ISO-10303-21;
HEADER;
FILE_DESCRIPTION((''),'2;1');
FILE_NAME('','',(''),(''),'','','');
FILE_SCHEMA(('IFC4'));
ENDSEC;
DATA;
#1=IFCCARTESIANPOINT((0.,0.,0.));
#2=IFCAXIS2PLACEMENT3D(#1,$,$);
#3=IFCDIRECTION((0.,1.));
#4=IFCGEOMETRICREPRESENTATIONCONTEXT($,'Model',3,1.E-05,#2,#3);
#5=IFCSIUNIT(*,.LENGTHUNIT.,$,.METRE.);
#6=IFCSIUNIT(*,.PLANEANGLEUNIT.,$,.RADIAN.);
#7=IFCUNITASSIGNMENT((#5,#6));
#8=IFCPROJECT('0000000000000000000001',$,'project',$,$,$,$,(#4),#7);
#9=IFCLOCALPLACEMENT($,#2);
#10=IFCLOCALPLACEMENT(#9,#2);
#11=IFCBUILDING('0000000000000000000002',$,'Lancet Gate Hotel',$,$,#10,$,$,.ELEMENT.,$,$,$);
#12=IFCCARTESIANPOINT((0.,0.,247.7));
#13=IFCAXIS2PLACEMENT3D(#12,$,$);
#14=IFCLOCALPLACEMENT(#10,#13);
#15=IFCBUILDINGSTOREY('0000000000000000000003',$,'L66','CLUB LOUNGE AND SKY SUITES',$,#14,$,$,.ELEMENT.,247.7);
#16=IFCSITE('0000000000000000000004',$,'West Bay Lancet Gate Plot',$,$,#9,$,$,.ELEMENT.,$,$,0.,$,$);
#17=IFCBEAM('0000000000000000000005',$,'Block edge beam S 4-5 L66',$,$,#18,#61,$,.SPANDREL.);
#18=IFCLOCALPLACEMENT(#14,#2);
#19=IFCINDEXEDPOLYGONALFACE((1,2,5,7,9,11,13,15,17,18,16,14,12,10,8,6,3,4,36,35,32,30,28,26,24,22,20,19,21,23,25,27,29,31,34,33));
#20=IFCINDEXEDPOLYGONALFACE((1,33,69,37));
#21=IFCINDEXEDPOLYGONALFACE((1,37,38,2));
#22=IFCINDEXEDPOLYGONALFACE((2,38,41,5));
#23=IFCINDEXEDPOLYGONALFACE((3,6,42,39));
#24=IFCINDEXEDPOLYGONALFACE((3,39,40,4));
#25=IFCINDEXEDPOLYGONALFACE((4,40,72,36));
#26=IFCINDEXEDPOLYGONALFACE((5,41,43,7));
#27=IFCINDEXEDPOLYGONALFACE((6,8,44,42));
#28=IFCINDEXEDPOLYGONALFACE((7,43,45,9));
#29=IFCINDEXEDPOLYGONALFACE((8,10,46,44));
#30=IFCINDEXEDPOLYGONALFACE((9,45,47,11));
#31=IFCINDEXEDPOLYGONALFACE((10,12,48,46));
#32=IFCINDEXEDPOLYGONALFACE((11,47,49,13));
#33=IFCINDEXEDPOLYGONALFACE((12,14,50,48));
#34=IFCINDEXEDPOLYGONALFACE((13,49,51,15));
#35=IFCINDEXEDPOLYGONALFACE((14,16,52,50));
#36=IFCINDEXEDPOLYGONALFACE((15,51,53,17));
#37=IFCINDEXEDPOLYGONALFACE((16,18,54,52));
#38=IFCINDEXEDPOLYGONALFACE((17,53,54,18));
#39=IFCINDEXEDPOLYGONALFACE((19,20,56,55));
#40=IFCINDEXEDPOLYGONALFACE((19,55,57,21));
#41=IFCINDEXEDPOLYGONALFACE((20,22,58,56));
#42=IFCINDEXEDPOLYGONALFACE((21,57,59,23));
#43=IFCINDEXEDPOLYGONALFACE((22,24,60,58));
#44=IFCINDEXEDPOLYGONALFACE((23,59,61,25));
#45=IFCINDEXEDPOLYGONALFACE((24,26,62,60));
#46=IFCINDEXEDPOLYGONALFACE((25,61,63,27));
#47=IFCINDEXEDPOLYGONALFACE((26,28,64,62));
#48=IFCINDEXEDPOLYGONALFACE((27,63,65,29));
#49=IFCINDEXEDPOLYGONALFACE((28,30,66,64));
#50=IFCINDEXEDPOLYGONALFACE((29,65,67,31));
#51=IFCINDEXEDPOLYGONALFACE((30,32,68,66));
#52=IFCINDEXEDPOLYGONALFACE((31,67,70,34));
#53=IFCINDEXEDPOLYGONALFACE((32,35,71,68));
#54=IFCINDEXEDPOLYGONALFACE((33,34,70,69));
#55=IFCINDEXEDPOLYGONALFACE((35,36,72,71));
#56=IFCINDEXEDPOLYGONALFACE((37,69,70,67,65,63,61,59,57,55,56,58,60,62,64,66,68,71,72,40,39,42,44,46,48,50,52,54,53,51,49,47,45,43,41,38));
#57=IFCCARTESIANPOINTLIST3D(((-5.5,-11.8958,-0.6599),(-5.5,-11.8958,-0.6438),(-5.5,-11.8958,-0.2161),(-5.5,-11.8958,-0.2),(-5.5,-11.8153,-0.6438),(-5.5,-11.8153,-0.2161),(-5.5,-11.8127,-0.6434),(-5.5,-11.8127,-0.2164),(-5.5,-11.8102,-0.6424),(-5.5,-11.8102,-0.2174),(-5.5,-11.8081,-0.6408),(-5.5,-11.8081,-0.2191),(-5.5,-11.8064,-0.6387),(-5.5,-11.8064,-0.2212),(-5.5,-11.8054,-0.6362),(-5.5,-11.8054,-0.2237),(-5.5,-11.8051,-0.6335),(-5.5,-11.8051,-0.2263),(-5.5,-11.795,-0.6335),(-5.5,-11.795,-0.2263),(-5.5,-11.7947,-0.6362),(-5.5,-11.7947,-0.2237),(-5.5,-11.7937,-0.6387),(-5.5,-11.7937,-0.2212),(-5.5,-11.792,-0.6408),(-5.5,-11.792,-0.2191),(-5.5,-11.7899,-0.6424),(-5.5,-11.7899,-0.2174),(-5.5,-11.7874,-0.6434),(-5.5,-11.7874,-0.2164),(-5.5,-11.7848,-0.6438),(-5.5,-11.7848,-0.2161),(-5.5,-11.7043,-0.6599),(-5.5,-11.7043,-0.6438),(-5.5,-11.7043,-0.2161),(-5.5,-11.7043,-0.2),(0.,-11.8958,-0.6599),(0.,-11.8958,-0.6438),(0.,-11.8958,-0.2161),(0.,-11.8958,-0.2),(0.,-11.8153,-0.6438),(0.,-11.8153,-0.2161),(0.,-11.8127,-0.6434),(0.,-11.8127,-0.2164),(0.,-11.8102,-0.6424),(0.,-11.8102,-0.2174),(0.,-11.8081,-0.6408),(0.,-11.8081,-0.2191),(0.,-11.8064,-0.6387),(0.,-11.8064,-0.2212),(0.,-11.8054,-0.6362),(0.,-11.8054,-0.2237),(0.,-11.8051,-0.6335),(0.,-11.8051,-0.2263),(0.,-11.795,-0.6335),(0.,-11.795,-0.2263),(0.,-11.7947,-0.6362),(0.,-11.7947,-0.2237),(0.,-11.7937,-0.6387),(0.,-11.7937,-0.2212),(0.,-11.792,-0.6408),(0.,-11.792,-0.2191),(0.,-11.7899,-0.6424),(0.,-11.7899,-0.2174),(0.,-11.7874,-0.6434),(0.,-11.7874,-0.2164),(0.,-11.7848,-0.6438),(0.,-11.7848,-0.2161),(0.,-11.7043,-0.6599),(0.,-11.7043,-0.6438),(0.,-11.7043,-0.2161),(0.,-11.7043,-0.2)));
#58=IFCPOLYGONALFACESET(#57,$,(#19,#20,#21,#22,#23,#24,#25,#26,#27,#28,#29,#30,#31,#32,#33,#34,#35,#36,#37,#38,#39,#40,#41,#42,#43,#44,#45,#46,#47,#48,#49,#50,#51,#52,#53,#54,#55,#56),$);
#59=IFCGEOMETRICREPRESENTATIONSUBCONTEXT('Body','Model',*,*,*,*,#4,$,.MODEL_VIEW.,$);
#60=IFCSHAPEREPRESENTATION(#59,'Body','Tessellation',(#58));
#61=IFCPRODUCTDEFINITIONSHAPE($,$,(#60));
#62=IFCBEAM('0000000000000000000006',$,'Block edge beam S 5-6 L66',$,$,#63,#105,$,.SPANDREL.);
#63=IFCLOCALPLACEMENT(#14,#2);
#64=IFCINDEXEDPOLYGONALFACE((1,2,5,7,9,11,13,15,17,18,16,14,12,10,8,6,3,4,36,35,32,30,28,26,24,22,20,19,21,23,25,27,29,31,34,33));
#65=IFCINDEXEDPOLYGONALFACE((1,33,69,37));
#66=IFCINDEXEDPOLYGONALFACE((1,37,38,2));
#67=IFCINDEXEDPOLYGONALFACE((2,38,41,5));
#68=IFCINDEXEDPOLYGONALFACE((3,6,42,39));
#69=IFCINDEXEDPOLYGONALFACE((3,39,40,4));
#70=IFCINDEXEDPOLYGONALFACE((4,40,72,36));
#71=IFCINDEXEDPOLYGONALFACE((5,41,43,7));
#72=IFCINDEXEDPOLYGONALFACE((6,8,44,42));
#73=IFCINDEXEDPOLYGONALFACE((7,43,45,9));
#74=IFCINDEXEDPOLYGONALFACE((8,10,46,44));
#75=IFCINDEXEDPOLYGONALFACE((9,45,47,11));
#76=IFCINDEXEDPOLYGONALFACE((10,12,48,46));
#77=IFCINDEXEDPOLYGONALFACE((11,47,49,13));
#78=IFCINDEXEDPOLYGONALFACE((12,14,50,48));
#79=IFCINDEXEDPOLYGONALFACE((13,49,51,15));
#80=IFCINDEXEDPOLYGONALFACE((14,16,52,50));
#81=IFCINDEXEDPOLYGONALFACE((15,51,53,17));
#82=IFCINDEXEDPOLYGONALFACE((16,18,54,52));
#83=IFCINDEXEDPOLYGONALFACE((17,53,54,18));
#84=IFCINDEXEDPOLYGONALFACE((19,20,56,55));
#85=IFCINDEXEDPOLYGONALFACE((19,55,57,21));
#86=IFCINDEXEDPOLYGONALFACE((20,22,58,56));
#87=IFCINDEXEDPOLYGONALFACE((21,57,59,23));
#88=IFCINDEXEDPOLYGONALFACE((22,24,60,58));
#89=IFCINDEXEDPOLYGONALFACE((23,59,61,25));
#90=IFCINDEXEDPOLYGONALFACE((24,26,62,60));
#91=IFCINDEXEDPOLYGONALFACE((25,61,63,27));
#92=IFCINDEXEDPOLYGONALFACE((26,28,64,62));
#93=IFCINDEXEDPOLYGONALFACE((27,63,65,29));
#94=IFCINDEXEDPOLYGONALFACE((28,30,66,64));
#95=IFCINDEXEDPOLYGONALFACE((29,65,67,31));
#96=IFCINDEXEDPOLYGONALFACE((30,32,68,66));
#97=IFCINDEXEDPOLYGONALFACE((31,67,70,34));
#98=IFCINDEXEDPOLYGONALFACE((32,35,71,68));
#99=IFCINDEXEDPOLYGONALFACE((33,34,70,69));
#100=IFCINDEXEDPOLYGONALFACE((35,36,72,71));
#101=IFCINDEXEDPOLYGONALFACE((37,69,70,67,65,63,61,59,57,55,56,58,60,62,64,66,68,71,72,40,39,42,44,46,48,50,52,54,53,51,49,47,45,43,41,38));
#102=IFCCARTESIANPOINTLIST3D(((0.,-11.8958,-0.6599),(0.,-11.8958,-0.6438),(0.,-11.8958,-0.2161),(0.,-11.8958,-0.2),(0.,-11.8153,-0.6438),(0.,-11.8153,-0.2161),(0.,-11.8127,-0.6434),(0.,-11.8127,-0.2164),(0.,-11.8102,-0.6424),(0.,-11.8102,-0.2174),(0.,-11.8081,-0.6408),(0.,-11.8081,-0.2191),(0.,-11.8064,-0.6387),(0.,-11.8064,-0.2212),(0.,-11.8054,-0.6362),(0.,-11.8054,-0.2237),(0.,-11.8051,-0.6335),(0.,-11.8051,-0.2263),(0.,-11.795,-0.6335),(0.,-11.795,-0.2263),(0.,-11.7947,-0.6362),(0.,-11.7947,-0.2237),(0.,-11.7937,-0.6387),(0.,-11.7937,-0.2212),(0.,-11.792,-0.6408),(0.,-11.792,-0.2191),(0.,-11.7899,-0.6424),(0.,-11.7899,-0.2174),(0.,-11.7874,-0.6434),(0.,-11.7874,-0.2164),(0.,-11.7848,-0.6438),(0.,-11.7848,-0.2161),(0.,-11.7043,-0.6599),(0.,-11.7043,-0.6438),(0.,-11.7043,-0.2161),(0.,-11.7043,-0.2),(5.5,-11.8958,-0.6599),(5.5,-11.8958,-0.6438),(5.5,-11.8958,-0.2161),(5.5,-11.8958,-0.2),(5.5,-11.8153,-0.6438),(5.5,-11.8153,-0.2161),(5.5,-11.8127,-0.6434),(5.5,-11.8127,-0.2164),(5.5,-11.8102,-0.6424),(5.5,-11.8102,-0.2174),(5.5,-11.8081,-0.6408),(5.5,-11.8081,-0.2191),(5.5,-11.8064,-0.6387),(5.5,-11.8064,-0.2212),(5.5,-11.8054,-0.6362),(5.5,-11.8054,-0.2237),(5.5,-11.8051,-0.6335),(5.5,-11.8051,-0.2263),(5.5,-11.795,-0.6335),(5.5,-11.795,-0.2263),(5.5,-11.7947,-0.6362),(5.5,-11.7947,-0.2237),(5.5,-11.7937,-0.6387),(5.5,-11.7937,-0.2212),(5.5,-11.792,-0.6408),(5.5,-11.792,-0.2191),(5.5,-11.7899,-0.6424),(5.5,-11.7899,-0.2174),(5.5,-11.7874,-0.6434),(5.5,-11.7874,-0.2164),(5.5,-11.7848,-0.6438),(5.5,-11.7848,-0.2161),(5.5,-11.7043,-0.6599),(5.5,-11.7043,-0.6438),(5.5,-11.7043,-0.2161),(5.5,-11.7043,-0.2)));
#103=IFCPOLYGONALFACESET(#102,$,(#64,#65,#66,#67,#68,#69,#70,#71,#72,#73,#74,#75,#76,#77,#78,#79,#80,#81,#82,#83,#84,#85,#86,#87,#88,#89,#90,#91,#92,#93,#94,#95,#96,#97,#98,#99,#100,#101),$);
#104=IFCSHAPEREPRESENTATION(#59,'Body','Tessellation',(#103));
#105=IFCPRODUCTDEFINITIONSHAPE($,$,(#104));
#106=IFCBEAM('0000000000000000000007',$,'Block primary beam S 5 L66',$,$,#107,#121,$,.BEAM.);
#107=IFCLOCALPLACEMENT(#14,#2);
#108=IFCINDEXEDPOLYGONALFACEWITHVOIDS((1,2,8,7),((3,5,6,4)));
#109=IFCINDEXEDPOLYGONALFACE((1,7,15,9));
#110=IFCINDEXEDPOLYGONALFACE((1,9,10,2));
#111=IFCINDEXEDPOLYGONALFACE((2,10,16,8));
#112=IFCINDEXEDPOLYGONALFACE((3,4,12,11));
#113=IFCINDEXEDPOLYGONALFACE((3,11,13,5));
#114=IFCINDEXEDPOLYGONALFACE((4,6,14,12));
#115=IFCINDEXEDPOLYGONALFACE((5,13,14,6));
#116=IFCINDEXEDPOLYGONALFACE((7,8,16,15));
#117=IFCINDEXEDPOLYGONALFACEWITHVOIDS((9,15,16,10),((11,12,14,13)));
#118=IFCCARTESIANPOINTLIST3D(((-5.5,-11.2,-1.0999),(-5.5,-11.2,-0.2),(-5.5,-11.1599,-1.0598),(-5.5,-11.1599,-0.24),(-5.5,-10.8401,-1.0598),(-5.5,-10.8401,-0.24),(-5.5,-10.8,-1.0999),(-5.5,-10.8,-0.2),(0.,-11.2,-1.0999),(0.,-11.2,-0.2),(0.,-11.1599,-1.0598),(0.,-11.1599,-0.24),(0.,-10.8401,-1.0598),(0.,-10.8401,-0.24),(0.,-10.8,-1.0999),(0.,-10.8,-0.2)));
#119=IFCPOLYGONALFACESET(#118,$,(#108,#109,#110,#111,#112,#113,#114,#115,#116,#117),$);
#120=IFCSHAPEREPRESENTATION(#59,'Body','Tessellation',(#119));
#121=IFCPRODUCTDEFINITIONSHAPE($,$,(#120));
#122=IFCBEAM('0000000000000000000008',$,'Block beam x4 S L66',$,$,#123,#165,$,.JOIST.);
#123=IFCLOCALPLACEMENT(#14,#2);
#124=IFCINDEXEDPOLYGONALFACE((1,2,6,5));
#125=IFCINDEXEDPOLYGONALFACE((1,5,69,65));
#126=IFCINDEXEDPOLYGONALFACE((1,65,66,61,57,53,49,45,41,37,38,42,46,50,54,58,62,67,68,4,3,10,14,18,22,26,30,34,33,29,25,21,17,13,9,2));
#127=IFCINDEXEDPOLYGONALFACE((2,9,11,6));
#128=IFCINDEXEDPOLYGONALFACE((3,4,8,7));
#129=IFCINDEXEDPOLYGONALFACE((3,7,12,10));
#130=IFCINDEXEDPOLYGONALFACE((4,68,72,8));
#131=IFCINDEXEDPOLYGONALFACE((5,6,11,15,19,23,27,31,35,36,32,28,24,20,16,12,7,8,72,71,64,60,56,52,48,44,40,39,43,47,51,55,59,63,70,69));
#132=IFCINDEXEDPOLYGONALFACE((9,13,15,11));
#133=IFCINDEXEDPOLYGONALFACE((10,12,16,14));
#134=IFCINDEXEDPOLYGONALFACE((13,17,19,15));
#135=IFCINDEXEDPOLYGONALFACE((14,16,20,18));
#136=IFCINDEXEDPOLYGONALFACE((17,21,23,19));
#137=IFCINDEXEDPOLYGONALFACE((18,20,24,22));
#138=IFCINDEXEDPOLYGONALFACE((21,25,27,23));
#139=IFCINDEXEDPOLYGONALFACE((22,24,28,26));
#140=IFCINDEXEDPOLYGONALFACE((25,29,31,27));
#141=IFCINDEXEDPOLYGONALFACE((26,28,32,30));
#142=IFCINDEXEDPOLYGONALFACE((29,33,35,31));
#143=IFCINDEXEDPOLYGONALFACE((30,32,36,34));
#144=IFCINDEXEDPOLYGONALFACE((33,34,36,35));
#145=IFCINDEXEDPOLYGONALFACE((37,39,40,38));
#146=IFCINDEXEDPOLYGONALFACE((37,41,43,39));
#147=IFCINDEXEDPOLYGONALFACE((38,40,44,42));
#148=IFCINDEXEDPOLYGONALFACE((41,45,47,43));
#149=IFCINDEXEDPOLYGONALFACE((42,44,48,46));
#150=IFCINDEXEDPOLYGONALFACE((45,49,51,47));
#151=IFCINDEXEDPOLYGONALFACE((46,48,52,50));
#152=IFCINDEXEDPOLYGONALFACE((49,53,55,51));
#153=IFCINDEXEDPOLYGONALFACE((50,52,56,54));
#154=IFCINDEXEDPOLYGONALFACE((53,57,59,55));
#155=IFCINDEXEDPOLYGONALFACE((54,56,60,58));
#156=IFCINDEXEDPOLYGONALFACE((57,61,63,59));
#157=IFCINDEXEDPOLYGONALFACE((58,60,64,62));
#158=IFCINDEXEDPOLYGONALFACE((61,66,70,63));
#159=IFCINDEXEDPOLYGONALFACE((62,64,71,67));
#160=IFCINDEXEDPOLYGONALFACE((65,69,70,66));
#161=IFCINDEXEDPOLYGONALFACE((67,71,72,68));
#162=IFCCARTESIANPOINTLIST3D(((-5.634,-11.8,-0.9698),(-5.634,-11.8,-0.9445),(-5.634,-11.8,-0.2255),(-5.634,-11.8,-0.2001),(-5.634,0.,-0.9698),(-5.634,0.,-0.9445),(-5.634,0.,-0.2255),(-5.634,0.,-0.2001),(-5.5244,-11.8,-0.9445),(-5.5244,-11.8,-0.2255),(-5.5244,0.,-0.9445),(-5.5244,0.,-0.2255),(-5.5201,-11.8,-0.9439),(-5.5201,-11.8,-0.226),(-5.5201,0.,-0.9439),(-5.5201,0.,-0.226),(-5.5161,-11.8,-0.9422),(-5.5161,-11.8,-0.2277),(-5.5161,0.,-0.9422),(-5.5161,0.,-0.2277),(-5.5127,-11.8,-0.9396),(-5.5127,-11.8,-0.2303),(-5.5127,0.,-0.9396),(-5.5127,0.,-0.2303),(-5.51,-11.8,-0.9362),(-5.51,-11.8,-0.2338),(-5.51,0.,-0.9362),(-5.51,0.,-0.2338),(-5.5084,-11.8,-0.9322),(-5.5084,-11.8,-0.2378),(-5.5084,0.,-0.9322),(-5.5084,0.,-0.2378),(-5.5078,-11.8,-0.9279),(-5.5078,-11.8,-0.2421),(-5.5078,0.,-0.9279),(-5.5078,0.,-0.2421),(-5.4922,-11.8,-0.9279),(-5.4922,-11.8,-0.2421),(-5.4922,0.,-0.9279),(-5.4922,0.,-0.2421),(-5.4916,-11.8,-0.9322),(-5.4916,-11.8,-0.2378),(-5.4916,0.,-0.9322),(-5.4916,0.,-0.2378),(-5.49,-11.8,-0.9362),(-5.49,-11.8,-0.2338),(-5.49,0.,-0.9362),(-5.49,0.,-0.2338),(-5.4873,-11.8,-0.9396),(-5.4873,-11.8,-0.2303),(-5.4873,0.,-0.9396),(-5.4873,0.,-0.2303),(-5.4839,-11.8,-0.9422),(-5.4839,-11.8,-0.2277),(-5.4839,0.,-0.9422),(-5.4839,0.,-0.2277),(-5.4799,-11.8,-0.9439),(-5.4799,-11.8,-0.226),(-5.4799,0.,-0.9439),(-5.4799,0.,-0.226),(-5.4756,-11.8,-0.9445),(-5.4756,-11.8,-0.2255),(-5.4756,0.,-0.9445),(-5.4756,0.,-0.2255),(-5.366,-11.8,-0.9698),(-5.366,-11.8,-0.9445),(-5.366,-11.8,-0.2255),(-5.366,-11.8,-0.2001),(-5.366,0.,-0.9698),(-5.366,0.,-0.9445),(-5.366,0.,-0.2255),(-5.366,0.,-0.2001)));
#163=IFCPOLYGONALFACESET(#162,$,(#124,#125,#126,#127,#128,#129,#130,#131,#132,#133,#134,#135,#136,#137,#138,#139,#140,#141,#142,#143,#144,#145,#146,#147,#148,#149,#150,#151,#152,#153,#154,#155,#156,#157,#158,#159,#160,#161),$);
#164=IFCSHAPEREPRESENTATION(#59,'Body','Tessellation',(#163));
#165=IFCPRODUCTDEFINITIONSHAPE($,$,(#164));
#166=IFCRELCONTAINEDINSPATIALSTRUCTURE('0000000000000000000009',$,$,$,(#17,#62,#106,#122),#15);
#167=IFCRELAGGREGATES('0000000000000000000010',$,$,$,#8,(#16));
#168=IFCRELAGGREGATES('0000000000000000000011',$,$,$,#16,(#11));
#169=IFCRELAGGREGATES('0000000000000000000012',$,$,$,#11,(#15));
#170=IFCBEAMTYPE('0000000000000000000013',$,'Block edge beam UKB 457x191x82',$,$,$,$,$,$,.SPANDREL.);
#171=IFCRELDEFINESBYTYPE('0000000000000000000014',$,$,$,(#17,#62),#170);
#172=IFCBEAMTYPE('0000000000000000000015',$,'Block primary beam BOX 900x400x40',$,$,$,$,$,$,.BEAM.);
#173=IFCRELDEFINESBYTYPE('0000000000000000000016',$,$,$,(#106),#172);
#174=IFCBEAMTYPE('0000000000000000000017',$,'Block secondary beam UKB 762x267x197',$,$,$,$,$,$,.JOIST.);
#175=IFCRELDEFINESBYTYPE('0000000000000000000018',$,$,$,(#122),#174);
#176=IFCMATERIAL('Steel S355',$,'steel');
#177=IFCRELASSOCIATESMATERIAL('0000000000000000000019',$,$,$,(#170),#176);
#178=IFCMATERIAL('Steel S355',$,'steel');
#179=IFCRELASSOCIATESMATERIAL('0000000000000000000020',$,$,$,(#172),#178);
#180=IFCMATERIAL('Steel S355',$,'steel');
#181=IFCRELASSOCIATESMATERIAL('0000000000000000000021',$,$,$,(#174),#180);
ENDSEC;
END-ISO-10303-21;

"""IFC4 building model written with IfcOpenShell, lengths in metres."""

from ifc_helpers import new_model, si_unit, direction, frame, origin, origin_2d, place, context, subcontext, project, spatial, hollow_rectangle, i_section, extrude, material, material_profile, profile_set, type_object, element, save


model = new_model("IFC4")

# Units and contexts
model_context = context("Model", 3, precision=1e-05, world=origin(), true_north=direction((0.0, 1.0)))
body_context = subcontext(model_context, "Body", "Model", "MODEL_VIEW")
ifc_project = project(units=[si_unit("LENGTHUNIT", "METRE"), si_unit("PLANEANGLEUNIT", "RADIAN")], contexts=[model_context])

# Site, building, storey
site_placement = place(None, origin())
site = spatial("IfcSite", under=ifc_project, at=site_placement, Name="West Bay Lancet Gate Plot", CompositionType="ELEMENT", RefElevation=0.0)
building_placement = place(site_placement, origin())
building = spatial("IfcBuilding", under=site, at=building_placement, Name="Lancet Gate Hotel", CompositionType="ELEMENT")
storey_placement = place(building_placement, frame((0.0, 0.0, 247.7)))
storey = spatial("IfcBuildingStorey", under=building, at=storey_placement, Name="L66", Description="CLUB LOUNGE AND SKY SUITES", CompositionType="ELEMENT", Elevation=247.7)

# Beams
ifc_material_1 = material(Name="Steel S355", Category="steel")
ifc_material_profile_1 = material_profile(ifc_material_1, i_section(OverallWidth=0.1914, OverallDepth=0.46, WebThickness=0.01, FlangeThickness=0.0161, FilletRadius=0.0103, at=origin_2d()), Name="UKB 457x191x82")
ifc_profile_set_1 = profile_set([ifc_material_profile_1], Name="Steel S355")
beam_type_1 = type_object("IfcBeamType", Name="Block edge beam UKB 457x191x82", PredefinedType="SPANDREL", material=ifc_profile_set_1)
for number, where, z_axis, x_axis, name in (
    (1, (-5.5, -11.8, -0.4299), (1.0, 0.0, 0.0), (0.0, 1.0, 0.0), "Block edge beam S 4-5 L66"),
    (2, (0.0, -11.8, -0.4299), (1.0, 0.0, 0.0), (0.0, 1.0, 0.0), "Block edge beam S 5-6 L66"),
):
    element("IfcBeam", number, at=place(storey_placement, frame(where, z_axis=z_axis, x_axis=x_axis)), inside=storey, type_object=beam_type_1, Name=name, PredefinedType="SPANDREL", context=body_context, shape_type="SweptSolid", body=[
        extrude(i_section(OverallWidth=0.1914, OverallDepth=0.46, WebThickness=0.01, FlangeThickness=0.0161, FilletRadius=0.0103, at=origin_2d()), origin(), (0.0, 0.0, 1.0), 5.5),
    ])
ifc_material_2 = material(Name="Steel S355", Category="steel")
ifc_material_profile_2 = material_profile(ifc_material_2, hollow_rectangle(XDim=0.3999, YDim=0.8999, WallThickness=0.04, at=origin_2d()), Name="BOX 900x400x40")
ifc_profile_set_2 = profile_set([ifc_material_profile_2], Name="Steel S355")
beam_type_2 = type_object("IfcBeamType", Name="Block primary beam BOX 900x400x40", PredefinedType="BEAM", material=ifc_profile_set_2)
beam_placement = place(storey_placement, frame((-5.5, -11.0, -0.6499), z_axis=(1.0, 0.0, 0.0), x_axis=(0.0, 1.0, 0.0)))
element("IfcBeam", 3, at=beam_placement, inside=storey, type_object=beam_type_2, Name="Block primary beam S 5 L66", PredefinedType="BEAM", context=body_context, shape_type="SweptSolid", body=[
    extrude(hollow_rectangle(XDim=0.3999, YDim=0.8999, WallThickness=0.04, at=origin_2d()), origin(), (0.0, 0.0, 1.0), 5.5),
])
ifc_material_3 = material(Name="Steel S355", Category="steel")
ifc_material_profile_3 = material_profile(ifc_material_3, i_section(OverallWidth=0.2681, OverallDepth=0.7698, WebThickness=0.0156, FlangeThickness=0.0254, FilletRadius=0.0166, at=origin_2d()), Name="UKB 762x267x197")
ifc_profile_set_3 = profile_set([ifc_material_profile_3], Name="Steel S355")
beam_type_3 = type_object("IfcBeamType", Name="Block secondary beam UKB 762x267x197", PredefinedType="JOIST", material=ifc_profile_set_3)
for number, where, z_axis, x_axis, name in (
    (4, (-5.5, -11.8, -0.585), (0.0, 1.0, 0.0), (-1.0, 0.0, 0.0), "Block beam x4 S L66"),
):
    element("IfcBeam", number, at=place(storey_placement, frame(where, z_axis=z_axis, x_axis=x_axis)), inside=storey, type_object=beam_type_3, Name=name, PredefinedType="JOIST", context=body_context, shape_type="SweptSolid", body=[
        extrude(i_section(OverallWidth=0.2681, OverallDepth=0.7698, WebThickness=0.0156, FlangeThickness=0.0254, FilletRadius=0.0166, at=origin_2d()), origin(), (0.0, 0.0, 1.0), 11.8),
    ])

save(model, "model.ifc")
